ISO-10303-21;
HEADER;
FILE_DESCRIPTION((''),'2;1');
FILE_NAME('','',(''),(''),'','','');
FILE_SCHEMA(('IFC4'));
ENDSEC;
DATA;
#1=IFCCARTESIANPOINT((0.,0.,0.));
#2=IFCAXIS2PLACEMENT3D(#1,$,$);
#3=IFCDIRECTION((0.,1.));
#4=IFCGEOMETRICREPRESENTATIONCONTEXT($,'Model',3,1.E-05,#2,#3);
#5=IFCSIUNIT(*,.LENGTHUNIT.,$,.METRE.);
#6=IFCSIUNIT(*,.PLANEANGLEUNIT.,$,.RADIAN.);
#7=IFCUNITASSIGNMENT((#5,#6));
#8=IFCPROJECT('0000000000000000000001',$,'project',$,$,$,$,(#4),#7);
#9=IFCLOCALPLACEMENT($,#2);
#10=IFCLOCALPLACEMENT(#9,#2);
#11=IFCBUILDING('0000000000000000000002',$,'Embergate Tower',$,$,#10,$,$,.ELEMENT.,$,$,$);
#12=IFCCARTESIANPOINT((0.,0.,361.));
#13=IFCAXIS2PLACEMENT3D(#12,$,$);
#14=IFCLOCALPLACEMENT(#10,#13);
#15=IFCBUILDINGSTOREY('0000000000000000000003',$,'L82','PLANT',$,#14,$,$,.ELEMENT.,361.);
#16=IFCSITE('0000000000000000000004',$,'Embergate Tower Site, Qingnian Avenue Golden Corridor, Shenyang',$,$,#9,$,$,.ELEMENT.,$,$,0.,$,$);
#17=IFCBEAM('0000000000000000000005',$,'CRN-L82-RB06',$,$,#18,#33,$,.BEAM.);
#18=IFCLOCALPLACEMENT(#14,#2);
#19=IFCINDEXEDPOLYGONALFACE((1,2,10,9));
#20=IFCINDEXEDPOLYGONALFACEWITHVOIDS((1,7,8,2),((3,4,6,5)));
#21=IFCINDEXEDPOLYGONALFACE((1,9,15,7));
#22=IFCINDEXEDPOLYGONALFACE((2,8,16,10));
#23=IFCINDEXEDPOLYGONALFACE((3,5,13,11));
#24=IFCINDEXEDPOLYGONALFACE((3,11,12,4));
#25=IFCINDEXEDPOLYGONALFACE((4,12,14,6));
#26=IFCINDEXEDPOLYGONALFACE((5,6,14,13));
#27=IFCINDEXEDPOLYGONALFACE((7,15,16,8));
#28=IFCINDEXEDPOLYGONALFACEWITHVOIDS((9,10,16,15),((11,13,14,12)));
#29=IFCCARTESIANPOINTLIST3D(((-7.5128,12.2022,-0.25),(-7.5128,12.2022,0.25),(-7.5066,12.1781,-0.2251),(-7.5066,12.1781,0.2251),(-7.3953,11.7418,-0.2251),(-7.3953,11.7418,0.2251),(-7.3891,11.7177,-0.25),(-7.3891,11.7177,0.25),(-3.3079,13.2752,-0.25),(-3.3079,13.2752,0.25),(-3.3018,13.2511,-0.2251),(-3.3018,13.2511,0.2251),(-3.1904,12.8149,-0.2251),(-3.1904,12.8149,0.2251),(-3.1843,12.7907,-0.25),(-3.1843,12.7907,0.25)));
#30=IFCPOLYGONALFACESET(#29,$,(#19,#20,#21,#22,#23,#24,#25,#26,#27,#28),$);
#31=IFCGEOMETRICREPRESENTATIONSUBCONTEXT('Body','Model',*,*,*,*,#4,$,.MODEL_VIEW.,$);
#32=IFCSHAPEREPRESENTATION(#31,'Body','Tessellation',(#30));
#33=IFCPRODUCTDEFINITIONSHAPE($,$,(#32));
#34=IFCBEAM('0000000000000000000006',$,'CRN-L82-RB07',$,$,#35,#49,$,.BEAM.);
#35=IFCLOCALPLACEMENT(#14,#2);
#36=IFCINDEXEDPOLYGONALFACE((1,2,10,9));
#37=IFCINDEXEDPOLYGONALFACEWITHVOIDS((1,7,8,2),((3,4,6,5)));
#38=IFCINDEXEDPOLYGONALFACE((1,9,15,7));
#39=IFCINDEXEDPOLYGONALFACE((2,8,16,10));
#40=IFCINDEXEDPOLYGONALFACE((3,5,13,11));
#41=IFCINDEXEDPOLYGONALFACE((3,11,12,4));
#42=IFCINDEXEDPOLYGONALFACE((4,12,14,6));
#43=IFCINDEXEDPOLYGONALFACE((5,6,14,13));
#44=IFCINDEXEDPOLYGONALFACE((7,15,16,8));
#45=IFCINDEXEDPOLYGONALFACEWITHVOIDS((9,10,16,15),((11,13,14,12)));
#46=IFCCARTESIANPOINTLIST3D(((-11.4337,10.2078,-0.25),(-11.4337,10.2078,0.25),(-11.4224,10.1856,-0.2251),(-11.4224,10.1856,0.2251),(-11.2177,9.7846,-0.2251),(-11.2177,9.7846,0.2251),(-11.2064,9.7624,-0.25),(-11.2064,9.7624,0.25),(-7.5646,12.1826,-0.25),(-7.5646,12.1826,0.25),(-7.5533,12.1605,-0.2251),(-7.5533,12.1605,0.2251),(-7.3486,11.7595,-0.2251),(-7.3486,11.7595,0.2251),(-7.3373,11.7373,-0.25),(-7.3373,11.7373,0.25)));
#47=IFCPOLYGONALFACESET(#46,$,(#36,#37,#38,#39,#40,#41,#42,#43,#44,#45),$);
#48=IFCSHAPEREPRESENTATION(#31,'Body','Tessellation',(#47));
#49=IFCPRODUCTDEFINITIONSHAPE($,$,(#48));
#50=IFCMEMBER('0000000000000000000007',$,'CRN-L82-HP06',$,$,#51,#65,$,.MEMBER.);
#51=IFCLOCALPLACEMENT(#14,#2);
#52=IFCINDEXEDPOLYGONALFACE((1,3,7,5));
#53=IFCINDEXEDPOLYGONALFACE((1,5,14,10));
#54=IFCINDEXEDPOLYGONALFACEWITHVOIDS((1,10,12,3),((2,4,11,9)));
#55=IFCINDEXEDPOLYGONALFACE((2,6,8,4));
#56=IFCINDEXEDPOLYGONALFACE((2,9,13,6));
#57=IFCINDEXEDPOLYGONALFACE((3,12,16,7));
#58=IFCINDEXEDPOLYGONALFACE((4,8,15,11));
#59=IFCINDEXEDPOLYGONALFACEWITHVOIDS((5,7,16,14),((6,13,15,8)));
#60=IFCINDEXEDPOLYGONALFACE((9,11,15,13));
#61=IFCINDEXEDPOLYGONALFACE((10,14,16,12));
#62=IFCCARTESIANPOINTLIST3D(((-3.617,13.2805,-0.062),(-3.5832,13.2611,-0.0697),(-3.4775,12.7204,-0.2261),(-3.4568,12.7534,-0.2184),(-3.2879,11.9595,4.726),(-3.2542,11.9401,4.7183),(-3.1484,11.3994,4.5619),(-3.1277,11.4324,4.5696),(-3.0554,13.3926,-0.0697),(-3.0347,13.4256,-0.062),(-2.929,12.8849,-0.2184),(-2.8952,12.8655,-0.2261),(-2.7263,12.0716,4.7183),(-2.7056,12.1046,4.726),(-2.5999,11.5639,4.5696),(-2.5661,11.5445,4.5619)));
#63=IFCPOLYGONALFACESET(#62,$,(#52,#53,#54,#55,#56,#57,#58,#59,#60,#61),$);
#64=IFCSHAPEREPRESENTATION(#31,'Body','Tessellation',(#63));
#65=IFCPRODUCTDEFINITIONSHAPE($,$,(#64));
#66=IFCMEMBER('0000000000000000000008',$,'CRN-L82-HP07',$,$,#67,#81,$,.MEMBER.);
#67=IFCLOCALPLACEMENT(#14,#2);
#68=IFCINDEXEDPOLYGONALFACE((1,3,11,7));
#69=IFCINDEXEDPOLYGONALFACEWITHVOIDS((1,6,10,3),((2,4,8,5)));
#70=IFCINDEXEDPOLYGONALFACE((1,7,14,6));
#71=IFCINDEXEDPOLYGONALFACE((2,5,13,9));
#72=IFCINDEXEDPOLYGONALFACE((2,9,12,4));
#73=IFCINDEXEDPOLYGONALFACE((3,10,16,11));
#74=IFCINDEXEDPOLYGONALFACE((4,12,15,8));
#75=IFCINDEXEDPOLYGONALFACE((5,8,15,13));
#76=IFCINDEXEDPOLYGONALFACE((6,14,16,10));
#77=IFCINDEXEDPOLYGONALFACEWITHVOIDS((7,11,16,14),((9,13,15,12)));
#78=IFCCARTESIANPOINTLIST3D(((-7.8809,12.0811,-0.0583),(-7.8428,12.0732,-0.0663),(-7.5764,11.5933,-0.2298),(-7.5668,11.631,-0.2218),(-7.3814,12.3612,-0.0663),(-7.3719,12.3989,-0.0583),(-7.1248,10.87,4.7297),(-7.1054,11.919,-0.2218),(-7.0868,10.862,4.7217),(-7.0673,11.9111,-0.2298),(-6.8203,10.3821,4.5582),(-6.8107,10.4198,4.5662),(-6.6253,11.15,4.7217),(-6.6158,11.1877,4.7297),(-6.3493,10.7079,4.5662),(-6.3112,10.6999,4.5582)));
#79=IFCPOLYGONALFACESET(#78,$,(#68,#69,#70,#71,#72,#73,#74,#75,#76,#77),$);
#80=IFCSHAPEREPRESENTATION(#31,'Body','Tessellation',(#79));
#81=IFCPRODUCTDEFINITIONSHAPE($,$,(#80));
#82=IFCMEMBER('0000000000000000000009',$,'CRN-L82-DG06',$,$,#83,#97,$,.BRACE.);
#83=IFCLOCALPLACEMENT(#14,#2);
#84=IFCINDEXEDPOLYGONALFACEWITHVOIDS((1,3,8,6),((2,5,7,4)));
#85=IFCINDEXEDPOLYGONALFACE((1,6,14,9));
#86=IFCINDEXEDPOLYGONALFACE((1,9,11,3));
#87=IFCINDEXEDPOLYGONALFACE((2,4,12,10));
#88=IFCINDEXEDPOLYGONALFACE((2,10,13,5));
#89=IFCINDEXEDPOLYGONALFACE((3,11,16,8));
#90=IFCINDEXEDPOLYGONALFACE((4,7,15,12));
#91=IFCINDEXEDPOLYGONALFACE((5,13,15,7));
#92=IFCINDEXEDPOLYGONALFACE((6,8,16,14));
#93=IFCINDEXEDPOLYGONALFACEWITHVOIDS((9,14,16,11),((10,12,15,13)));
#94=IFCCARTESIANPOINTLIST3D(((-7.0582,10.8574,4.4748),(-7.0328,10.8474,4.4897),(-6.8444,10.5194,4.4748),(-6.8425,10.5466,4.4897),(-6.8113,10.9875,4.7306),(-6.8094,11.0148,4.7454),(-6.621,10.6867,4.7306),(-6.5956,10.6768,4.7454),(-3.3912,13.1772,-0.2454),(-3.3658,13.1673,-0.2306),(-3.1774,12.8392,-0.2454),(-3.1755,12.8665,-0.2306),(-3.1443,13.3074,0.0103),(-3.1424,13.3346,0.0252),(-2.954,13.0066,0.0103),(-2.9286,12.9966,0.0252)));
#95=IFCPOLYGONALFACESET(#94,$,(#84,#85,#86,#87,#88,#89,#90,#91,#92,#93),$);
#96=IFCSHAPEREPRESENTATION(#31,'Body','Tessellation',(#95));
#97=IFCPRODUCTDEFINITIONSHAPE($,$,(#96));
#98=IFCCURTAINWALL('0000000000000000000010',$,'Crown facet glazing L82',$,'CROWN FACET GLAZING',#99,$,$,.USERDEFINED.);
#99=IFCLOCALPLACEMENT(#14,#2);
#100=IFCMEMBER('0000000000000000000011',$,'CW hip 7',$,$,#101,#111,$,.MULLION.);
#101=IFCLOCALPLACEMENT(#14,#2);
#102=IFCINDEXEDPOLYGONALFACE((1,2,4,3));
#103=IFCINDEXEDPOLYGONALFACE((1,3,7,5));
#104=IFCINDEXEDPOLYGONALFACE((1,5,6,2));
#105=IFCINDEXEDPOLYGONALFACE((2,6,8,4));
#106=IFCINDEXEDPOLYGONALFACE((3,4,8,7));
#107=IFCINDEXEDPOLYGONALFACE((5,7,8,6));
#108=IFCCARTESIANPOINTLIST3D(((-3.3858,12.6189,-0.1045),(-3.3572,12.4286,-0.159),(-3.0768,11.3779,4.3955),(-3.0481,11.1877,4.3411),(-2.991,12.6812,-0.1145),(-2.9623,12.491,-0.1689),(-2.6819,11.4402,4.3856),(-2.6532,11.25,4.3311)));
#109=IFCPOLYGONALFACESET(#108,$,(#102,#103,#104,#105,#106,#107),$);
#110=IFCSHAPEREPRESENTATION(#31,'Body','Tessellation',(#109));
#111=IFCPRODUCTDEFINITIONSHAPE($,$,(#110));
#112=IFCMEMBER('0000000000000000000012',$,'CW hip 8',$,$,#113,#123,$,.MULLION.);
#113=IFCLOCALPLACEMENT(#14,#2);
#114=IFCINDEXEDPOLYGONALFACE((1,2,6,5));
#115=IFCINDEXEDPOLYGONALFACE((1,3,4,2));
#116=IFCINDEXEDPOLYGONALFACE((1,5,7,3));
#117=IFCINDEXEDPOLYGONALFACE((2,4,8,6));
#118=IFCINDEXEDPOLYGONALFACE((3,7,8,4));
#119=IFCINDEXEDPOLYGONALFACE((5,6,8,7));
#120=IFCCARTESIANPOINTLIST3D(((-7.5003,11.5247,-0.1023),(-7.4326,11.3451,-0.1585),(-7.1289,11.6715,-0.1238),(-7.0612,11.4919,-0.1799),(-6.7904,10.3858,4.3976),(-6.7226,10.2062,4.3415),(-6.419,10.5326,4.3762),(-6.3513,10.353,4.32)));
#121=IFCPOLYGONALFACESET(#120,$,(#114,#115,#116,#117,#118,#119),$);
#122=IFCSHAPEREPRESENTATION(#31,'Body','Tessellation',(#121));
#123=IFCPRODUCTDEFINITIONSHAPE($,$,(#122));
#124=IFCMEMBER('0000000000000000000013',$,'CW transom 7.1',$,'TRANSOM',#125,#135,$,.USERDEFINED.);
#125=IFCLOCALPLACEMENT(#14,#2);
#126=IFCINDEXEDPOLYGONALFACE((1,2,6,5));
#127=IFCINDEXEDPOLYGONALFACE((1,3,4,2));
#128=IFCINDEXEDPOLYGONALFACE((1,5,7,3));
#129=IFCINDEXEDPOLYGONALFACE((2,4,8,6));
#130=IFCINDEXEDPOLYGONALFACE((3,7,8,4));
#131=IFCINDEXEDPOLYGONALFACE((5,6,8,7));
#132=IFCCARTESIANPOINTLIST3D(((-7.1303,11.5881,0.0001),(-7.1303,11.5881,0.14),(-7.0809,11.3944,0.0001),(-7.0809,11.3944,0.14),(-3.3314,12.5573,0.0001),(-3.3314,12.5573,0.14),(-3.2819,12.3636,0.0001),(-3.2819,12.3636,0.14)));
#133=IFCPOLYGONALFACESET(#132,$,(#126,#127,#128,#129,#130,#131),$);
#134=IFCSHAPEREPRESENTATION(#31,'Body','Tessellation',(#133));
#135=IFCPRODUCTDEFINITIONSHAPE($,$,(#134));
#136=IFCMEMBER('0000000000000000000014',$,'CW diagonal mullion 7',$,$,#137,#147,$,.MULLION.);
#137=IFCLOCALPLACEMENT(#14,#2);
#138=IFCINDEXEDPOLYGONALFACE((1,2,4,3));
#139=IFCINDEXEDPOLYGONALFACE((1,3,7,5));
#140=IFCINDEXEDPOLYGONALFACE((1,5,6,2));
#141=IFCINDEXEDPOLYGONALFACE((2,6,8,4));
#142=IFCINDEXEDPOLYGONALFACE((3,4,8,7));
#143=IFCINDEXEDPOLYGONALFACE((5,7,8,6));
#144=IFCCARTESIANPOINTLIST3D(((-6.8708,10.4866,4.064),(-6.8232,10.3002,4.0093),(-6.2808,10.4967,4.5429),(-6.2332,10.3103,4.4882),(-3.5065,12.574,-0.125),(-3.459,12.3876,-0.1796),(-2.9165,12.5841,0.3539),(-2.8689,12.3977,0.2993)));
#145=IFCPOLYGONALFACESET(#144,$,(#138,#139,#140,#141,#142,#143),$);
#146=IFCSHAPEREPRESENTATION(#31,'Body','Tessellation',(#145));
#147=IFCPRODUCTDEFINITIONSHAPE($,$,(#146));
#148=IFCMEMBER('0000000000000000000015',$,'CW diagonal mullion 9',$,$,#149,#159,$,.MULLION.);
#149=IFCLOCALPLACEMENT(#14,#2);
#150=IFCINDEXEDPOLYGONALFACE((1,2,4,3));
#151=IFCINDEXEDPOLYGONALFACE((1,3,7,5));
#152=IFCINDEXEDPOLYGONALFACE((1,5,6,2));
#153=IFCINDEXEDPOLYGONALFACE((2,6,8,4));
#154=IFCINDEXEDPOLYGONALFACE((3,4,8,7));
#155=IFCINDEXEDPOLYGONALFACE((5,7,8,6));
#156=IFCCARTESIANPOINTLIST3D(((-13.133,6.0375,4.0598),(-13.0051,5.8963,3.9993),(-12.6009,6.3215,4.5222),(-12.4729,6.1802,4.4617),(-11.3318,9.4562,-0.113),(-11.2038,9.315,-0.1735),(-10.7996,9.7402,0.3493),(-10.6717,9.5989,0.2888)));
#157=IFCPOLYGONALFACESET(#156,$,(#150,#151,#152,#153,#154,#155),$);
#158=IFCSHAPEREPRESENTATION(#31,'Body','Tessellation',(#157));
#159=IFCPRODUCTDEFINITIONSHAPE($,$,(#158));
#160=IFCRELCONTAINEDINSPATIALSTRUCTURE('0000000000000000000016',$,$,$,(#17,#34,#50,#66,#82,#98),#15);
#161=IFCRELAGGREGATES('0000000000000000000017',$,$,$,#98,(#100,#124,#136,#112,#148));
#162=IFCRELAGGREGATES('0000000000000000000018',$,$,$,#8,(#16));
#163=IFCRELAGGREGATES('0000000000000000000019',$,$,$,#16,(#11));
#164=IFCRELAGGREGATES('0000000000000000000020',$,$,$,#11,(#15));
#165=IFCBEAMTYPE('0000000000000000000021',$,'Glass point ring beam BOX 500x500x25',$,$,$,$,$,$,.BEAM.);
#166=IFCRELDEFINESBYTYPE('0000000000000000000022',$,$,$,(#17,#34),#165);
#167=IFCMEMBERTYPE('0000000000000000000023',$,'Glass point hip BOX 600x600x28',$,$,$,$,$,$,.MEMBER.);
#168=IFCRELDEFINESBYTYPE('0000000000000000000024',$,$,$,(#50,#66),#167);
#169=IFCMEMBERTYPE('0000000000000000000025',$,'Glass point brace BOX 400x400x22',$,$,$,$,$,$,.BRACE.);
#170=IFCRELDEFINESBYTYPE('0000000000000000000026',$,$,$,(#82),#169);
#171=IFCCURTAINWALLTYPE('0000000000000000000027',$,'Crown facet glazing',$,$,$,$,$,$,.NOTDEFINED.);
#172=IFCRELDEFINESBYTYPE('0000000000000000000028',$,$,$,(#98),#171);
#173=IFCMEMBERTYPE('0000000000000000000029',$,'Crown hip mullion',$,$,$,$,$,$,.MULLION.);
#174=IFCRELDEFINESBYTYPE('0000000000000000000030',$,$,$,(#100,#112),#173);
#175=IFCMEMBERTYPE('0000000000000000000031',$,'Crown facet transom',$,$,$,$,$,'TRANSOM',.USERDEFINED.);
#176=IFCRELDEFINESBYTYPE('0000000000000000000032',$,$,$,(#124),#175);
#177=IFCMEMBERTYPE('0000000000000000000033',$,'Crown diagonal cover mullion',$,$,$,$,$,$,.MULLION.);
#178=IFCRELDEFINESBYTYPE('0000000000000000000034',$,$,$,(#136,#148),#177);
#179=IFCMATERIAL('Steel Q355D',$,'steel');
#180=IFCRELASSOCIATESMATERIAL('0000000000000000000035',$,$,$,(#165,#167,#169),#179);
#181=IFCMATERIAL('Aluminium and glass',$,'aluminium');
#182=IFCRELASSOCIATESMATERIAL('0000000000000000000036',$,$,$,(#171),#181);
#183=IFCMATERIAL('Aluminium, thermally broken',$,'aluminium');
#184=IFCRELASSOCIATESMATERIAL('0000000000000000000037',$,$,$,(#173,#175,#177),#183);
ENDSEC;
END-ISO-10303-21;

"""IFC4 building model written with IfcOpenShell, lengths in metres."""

from ifc_helpers import new_model, si_unit, direction, frame, origin, origin_2d, place, context, subcontext, project, spatial, rectangle, hollow_rectangle, extrude, source, transform, mapped, material, material_profile, profile_set, type_object, element, aggregate, save


model = new_model("IFC4")

# Units and contexts
model_context = context("Model", 3, precision=1e-05, world=origin(), true_north=direction((0.0, 1.0)))
body_context = subcontext(model_context, "Body", "Model", "MODEL_VIEW")
ifc_project = project(units=[si_unit("LENGTHUNIT", "METRE"), si_unit("PLANEANGLEUNIT", "RADIAN")], contexts=[model_context])

# Site, building, storey
site_placement = place(None, origin())
site = spatial("IfcSite", under=ifc_project, at=site_placement, Name="Embergate Tower Site, Qingnian Avenue Golden Corridor, Shenyang", CompositionType="ELEMENT", RefElevation=0.0)
building_placement = place(site_placement, origin())
building = spatial("IfcBuilding", under=site, at=building_placement, Name="Embergate Tower", CompositionType="ELEMENT")
storey_placement = place(building_placement, frame((0.0, 0.0, 361.0)))
storey = spatial("IfcBuildingStorey", under=building, at=storey_placement, Name="L82", Description="PLANT", CompositionType="ELEMENT", Elevation=361.0)

# Beams
ifc_material_1 = material(Name="Steel Q355D", Category="steel")
ifc_material_profile_1 = material_profile(ifc_material_1, hollow_rectangle(XDim=0.5, YDim=0.5, WallThickness=0.0249, at=origin_2d()), Name="BOX 500x500x25")
ifc_profile_set_1 = profile_set([ifc_material_profile_1], Name="Steel Q355 grade D")
beam_type = type_object("IfcBeamType", Name="Glass point ring beam BOX 500x500x25", PredefinedType="BEAM", material=ifc_profile_set_1)
shared_shape_1 = source(origin(), body_context, "Body", "SweptSolid", [
    extrude(hollow_rectangle(XDim=0.5, YDim=0.5, WallThickness=0.0249, at=origin_2d()), origin(), (0.0, 0.0, 1.0), 4.3396),
])
beam_1_placement = place(storey_placement, frame((-3.2461, 13.033, 0.0), z_axis=(-0.96895, -0.247259, 0.0), x_axis=(0.247259, -0.96895, 0.0)))
element("IfcBeam", 1, at=beam_1_placement, inside=storey, type_object=beam_type, Name="CRN-L82-RB06", PredefinedType="BEAM", context=body_context, shape_type="MappedRepresentation", body=[
    mapped(shared_shape_1, transform((0.0, 0.0, 0.0))),
])
shared_shape_2 = source(origin(), body_context, "Body", "SweptSolid", [
    extrude(hollow_rectangle(XDim=0.5, YDim=0.5, WallThickness=0.0249, at=origin_2d()), origin(), (0.0, 0.0, 1.0), 4.344),
])
beam_2_placement = place(storey_placement, frame((-7.4509, 11.96, 0.0), z_axis=(-0.890687, -0.454617, 0.0), x_axis=(0.454617, -0.890687, 0.0)))
element("IfcBeam", 2, at=beam_2_placement, inside=storey, type_object=beam_type, Name="CRN-L82-RB07", PredefinedType="BEAM", context=body_context, shape_type="MappedRepresentation", body=[
    mapped(shared_shape_2, transform((0.0, 0.0, 0.0))),
])

# Members
ifc_material_profile_2 = material_profile(ifc_material_1, hollow_rectangle(XDim=0.6001, YDim=0.6001, WallThickness=0.0281, at=origin_2d()), Name="BOX 600x600x28")
ifc_profile_set_2 = profile_set([ifc_material_profile_2], Name="Steel Q355 grade D")
member_type_1 = type_object("IfcMemberType", Name="Glass point hip BOX 600x600x28", PredefinedType="MEMBER", material=ifc_profile_set_2)
shared_shape_3 = source(origin(), body_context, "Body", "SweptSolid", [
    extrude(hollow_rectangle(XDim=0.6001, YDim=0.6001, WallThickness=0.0281, at=origin_2d()), origin(), (0.0, 0.0, 1.0), 4.9778),
])
member_1_placement = place(storey_placement, frame((-3.2561, 13.073, -0.144), z_axis=(0.066113, -0.265383, 0.961874), x_axis=(0.970343, 0.241734, 0.0)))
element("IfcMember", 3, at=member_1_placement, inside=storey, type_object=member_type_1, Name="CRN-L82-HP06", PredefinedType="MEMBER", context=body_context, shape_type="MappedRepresentation", body=[
    mapped(shared_shape_3, transform((0.0, 0.0, 0.0))),
])
shared_shape_4 = source(origin(), body_context, "Body", "SweptSolid", [
    extrude(hollow_rectangle(XDim=0.6001, YDim=0.6001, WallThickness=0.0281, at=origin_2d()), origin(), (0.0, 0.0, 1.0), 4.9963),
])
member_2_placement = place(storey_placement, frame((-7.4741, 11.9961, -0.144), z_axis=(0.151328, -0.242409, 0.958299), x_axis=(0.848277, 0.529553, 0.0)))
element("IfcMember", 4, at=member_2_placement, inside=storey, type_object=member_type_1, Name="CRN-L82-HP07", PredefinedType="MEMBER", context=body_context, shape_type="MappedRepresentation", body=[
    mapped(shared_shape_4, transform((0.0, 0.0, 0.0))),
])
ifc_material_profile_3 = material_profile(ifc_material_1, hollow_rectangle(XDim=0.3999, YDim=0.3999, WallThickness=0.022, at=origin_2d()), Name="BOX 400x400x22")
ifc_profile_set_3 = profile_set([ifc_material_profile_3], Name="Steel Q355 grade D")
member_type_2 = type_object("IfcMemberType", Name="Glass point brace BOX 400x400x22", PredefinedType="BRACE", material=ifc_profile_set_3)
shared_shape_5 = source(origin(), body_context, "Body", "SweptSolid", [
    extrude(hollow_rectangle(XDim=0.3999, YDim=0.3999, WallThickness=0.022, at=origin_2d()), origin(), (0.0, 0.0, 1.0), 6.4116),
])
member_3_placement = place(storey_placement, frame((-3.1599, 13.0869, -0.1101), z_axis=(-0.571929, -0.361816, 0.736197), x_axis=(0.534624, -0.84509, 0.0)))
element("IfcMember", 5, at=member_3_placement, inside=storey, type_object=member_type_2, Name="CRN-L82-DG06", PredefinedType="BRACE", context=body_context, shape_type="MappedRepresentation", body=[
    mapped(shared_shape_5, transform((0.0, 0.0, 0.0))),
])

# Curtain wall, members
ifc_material_2 = material(Name="Aluminium and glass", Category="aluminium")
curtain_wall_type = type_object("IfcCurtainWallType", Name="Crown facet glazing", PredefinedType="NOTDEFINED", material=ifc_material_2)
curtain_wall_placement = place(storey_placement, origin())
curtain_wall = element("IfcCurtainWall", 6, at=curtain_wall_placement, inside=storey, type_object=curtain_wall_type, Name="Crown facet glazing L82", ObjectType="CROWN FACET GLAZING", PredefinedType="USERDEFINED")
ifc_material_3 = material(Name="Aluminium, thermally broken", Category="aluminium")
ifc_material_profile_4 = material_profile(ifc_material_3, rectangle(XDim=0.2, YDim=0.3999, at=origin_2d()), Name="AL 400x200")
ifc_profile_set_4 = profile_set([ifc_material_profile_4], Name="Aluminium, thermally broken")
member_type_3 = type_object("IfcMemberType", Name="Crown hip mullion", PredefinedType="MULLION", material=ifc_profile_set_4)
shared_shape_6 = source(origin(), body_context, "Body", "SweptSolid", [
    extrude(rectangle(XDim=0.2, YDim=0.3999, at=origin_2d()), origin(), (0.0, 0.0, 1.0), 4.6782),
])
member_4_placement = place(storey_placement, frame((-3.1741, 12.5549, -0.1367), z_axis=(0.066069, -0.265266, 0.961909), x_axis=(-0.143312, 0.951498, 0.272238)))
member_4 = element("IfcMember", 7, at=member_4_placement, type_object=member_type_3, Name="CW hip 7", PredefinedType="MULLION", context=body_context, shape_type="MappedRepresentation", body=[
    mapped(shared_shape_6, transform((0.0, 0.0, 0.0))),
])
shared_shape_7 = source(origin(), body_context, "Body", "SweptSolid", [
    extrude(rectangle(XDim=0.2, YDim=0.3999, at=origin_2d()), origin(), (0.0, 0.0, 1.0), 4.6958),
])
member_5_placement = place(storey_placement, frame((-7.2808, 11.5083, -0.1411), z_axis=(0.151188, -0.242536, 0.958289), x_axis=(-0.338761, 0.898016, 0.280727)))
member_5 = element("IfcMember", 8, at=member_5_placement, type_object=member_type_3, Name="CW hip 8", PredefinedType="MULLION", context=body_context, shape_type="MappedRepresentation", body=[
    mapped(shared_shape_7, transform((0.0, 0.0, 0.0))),
])
ifc_material_profile_5 = material_profile(ifc_material_3, rectangle(XDim=0.2, YDim=0.1399, at=origin_2d()), Name="AL 140x200")
ifc_profile_set_5 = profile_set([ifc_material_profile_5], Name="Aluminium, thermally broken")
member_type_4 = type_object("IfcMemberType", Name="Crown facet transom", ElementType="TRANSOM", PredefinedType="USERDEFINED", material=ifc_profile_set_5)
shared_shape_8 = source(origin(), body_context, "Body", "SweptSolid", [
    extrude(rectangle(XDim=0.2, YDim=0.1399, at=origin_2d()), origin(), (0.0, 0.0, 1.0), 3.9207),
])
member_6_placement = place(storey_placement, frame((-3.3066, 12.4604, 0.0701), z_axis=(-0.968963, -0.247207, 0.0), x_axis=(0.247207, -0.968963, 0.0)))
member_6 = element("IfcMember", 9, at=member_6_placement, type_object=member_type_4, Name="CW transom 7.1", ObjectType="TRANSOM", PredefinedType="USERDEFINED", context=body_context, shape_type="MappedRepresentation", body=[
    mapped(shared_shape_8, transform((0.0, 0.0, 0.0))),
])
ifc_material_profile_6 = material_profile(ifc_material_3, rectangle(XDim=0.2, YDim=0.76, at=origin_2d()), Name="AL 760x200")
ifc_profile_set_6 = profile_set([ifc_material_profile_6], Name="Aluminium, thermally broken")
member_type_5 = type_object("IfcMemberType", Name="Crown diagonal cover mullion", PredefinedType="MULLION", material=ifc_profile_set_6)
shared_shape_9 = source(origin(), body_context, "Body", "SweptSolid", [
    extrude(rectangle(XDim=0.2, YDim=0.76, at=origin_2d()), origin(), (0.0, 0.0, 1.0), 5.7639),
])
member_7_placement = place(storey_placement, frame((-3.1877, 12.4858, 0.0872), z_axis=(-0.583674, -0.362149, 0.726755), x_axis=(-0.237866, 0.932025, 0.273401)))
member_7 = element("IfcMember", 10, at=member_7_placement, type_object=member_type_5, Name="CW diagonal mullion 7", PredefinedType="MULLION", context=body_context, shape_type="MappedRepresentation", body=[
    mapped(shared_shape_9, transform((0.0, 0.0, 0.0))),
])
shared_shape_10 = source(origin(), body_context, "Body", "SweptSolid", [
    extrude(rectangle(XDim=0.2, YDim=0.76, at=origin_2d()), origin(), (0.0, 0.0, 1.0), 5.6873),
])
member_8_placement = place(storey_placement, frame((-11.0017, 9.5276, 0.0879), z_axis=(-0.316721, -0.601117, 0.733721), x_axis=(-0.639843, 0.706438, 0.302568)))
member_8 = element("IfcMember", 11, at=member_8_placement, type_object=member_type_5, Name="CW diagonal mullion 9", PredefinedType="MULLION", context=body_context, shape_type="MappedRepresentation", body=[
    mapped(shared_shape_10, transform((0.0, 0.0, 0.0))),
])
aggregate(curtain_wall, [member_4, member_6, member_7, member_5, member_8])

save(model, "model.ifc")
